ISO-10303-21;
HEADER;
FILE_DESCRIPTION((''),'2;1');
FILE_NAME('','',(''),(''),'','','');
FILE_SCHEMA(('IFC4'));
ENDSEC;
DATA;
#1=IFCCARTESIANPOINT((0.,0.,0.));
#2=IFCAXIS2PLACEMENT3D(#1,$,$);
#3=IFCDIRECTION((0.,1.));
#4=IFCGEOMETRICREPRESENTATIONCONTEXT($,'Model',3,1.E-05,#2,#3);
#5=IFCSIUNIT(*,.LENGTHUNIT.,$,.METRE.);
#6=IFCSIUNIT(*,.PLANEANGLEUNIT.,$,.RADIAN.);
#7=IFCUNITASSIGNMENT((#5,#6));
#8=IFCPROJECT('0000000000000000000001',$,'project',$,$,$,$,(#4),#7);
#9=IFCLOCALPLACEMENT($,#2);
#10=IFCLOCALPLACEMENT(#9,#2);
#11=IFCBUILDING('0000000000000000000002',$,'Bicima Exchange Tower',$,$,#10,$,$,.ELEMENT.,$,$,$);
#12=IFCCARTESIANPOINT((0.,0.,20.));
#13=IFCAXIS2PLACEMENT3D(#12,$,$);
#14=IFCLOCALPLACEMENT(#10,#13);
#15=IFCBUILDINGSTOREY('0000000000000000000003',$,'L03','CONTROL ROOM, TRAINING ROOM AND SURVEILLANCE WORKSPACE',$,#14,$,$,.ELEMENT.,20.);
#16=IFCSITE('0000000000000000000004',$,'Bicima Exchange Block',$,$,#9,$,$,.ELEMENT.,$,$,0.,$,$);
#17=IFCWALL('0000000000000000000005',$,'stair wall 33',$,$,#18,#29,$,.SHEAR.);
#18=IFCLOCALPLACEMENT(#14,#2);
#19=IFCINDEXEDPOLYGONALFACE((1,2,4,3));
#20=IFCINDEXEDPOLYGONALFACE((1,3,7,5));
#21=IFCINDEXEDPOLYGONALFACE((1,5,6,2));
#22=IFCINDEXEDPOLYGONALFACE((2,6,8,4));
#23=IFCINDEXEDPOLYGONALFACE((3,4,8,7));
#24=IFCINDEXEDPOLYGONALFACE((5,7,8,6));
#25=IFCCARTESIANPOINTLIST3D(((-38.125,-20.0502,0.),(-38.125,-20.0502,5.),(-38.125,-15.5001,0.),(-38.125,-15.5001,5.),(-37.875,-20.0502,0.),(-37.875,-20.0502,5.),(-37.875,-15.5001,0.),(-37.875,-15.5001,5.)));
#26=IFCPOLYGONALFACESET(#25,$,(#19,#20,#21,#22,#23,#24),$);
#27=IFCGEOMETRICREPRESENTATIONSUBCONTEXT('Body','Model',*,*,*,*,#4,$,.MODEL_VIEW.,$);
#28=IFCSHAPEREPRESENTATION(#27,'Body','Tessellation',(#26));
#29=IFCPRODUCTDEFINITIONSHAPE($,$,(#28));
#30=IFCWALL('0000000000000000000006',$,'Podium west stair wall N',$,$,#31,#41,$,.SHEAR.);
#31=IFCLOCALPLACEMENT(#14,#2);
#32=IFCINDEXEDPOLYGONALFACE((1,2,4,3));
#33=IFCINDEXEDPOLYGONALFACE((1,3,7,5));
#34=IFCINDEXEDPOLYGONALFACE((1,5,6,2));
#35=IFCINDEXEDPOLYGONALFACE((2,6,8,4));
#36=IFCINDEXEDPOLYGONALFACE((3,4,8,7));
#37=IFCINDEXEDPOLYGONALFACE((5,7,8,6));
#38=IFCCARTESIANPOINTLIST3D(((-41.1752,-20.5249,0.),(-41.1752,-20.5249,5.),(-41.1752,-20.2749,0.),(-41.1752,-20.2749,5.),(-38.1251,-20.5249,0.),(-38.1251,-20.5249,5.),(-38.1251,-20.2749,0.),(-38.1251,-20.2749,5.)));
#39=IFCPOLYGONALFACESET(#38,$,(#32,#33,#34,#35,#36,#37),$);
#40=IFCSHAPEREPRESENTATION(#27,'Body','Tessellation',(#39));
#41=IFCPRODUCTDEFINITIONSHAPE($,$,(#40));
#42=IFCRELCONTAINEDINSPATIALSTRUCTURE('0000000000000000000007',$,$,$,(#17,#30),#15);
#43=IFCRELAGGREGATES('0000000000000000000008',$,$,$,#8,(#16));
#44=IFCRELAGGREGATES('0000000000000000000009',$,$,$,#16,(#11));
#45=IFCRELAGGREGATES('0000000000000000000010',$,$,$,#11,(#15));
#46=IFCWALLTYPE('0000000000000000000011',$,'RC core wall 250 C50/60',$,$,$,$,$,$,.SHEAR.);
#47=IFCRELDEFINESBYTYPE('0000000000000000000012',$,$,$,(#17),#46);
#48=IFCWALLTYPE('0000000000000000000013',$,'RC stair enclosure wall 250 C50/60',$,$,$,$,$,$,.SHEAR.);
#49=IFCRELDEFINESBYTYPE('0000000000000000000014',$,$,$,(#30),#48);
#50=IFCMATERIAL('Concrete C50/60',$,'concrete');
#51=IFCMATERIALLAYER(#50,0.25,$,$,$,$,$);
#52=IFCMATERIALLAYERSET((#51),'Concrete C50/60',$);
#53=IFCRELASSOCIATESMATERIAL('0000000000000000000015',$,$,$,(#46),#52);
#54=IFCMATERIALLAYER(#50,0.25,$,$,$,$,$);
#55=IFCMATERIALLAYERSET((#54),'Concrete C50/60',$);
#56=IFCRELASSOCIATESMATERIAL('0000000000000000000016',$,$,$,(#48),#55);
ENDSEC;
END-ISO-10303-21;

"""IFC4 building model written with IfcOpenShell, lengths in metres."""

from ifc_helpers import new_model, si_unit, direction, frame, frame_2d, origin, place, context, subcontext, project, spatial, rectangle, extrude, material, layer, layer_set, type_object, element, save


model = new_model("IFC4")

# Units and contexts
model_context = context("Model", 3, precision=1e-05, world=origin(), true_north=direction((0.0, 1.0)))
body_context = subcontext(model_context, "Body", "Model", "MODEL_VIEW")
ifc_project = project(units=[si_unit("LENGTHUNIT", "METRE"), si_unit("PLANEANGLEUNIT", "RADIAN")], contexts=[model_context])

# Site, building, storey
site_placement = place(None, origin())
site = spatial("IfcSite", under=ifc_project, at=site_placement, Name="Bicima Exchange Block", CompositionType="ELEMENT", RefElevation=0.0)
building_placement = place(site_placement, origin())
building = spatial("IfcBuilding", under=site, at=building_placement, Name="Bicima Exchange Tower", CompositionType="ELEMENT")
storey_placement = place(building_placement, frame((0.0, 0.0, 20.0)))
storey = spatial("IfcBuildingStorey", under=building, at=storey_placement, Name="L03", Description="CONTROL ROOM, TRAINING ROOM AND SURVEILLANCE WORKSPACE", CompositionType="ELEMENT", Elevation=20.0)

# Walls
ifc_material_1 = material(Name="Concrete C50/60", Category="concrete")
ifc_layer_1 = layer(ifc_material_1, 0.25)
ifc_layer_set_1 = layer_set([ifc_layer_1], Name="Concrete C50/60")
wall_type_1 = type_object("IfcWallType", Name="RC core wall 250 C50/60", PredefinedType="SHEAR", material=ifc_layer_set_1)
wall_1_placement = place(storey_placement, frame((-38.0, -20.05, 0.0), z_axis=(0.0, 0.0, 1.0), x_axis=(0.0, 1.0, 0.0)))
element("IfcWall", 1, at=wall_1_placement, inside=storey, type_object=wall_type_1, Name="stair wall 33", PredefinedType="SHEAR", context=body_context, shape_type="SweptSolid", body=[
    extrude(rectangle(XDim=4.55, YDim=0.25, at=frame_2d((2.2749, 0.0))), origin(), (0.0, 0.0, 1.0), 5.0),
])
ifc_layer_2 = layer(ifc_material_1, 0.25)
ifc_layer_set_2 = layer_set([ifc_layer_2], Name="Concrete C50/60")
wall_type_2 = type_object("IfcWallType", Name="RC stair enclosure wall 250 C50/60", PredefinedType="SHEAR", material=ifc_layer_set_2)
wall_2_placement = place(storey_placement, frame((-41.175, -20.3999, 0.0), z_axis=(0.0, 0.0, 1.0), x_axis=(1.0, 0.0, 0.0)))
element("IfcWall", 2, at=wall_2_placement, inside=storey, type_object=wall_type_2, Name="Podium west stair wall N", PredefinedType="SHEAR", context=body_context, shape_type="SweptSolid", body=[
    extrude(rectangle(XDim=3.05, YDim=0.25, at=frame_2d((1.5249, 0.0))), origin(), (0.0, 0.0, 1.0), 5.0),
])

save(model, "model.ifc")
